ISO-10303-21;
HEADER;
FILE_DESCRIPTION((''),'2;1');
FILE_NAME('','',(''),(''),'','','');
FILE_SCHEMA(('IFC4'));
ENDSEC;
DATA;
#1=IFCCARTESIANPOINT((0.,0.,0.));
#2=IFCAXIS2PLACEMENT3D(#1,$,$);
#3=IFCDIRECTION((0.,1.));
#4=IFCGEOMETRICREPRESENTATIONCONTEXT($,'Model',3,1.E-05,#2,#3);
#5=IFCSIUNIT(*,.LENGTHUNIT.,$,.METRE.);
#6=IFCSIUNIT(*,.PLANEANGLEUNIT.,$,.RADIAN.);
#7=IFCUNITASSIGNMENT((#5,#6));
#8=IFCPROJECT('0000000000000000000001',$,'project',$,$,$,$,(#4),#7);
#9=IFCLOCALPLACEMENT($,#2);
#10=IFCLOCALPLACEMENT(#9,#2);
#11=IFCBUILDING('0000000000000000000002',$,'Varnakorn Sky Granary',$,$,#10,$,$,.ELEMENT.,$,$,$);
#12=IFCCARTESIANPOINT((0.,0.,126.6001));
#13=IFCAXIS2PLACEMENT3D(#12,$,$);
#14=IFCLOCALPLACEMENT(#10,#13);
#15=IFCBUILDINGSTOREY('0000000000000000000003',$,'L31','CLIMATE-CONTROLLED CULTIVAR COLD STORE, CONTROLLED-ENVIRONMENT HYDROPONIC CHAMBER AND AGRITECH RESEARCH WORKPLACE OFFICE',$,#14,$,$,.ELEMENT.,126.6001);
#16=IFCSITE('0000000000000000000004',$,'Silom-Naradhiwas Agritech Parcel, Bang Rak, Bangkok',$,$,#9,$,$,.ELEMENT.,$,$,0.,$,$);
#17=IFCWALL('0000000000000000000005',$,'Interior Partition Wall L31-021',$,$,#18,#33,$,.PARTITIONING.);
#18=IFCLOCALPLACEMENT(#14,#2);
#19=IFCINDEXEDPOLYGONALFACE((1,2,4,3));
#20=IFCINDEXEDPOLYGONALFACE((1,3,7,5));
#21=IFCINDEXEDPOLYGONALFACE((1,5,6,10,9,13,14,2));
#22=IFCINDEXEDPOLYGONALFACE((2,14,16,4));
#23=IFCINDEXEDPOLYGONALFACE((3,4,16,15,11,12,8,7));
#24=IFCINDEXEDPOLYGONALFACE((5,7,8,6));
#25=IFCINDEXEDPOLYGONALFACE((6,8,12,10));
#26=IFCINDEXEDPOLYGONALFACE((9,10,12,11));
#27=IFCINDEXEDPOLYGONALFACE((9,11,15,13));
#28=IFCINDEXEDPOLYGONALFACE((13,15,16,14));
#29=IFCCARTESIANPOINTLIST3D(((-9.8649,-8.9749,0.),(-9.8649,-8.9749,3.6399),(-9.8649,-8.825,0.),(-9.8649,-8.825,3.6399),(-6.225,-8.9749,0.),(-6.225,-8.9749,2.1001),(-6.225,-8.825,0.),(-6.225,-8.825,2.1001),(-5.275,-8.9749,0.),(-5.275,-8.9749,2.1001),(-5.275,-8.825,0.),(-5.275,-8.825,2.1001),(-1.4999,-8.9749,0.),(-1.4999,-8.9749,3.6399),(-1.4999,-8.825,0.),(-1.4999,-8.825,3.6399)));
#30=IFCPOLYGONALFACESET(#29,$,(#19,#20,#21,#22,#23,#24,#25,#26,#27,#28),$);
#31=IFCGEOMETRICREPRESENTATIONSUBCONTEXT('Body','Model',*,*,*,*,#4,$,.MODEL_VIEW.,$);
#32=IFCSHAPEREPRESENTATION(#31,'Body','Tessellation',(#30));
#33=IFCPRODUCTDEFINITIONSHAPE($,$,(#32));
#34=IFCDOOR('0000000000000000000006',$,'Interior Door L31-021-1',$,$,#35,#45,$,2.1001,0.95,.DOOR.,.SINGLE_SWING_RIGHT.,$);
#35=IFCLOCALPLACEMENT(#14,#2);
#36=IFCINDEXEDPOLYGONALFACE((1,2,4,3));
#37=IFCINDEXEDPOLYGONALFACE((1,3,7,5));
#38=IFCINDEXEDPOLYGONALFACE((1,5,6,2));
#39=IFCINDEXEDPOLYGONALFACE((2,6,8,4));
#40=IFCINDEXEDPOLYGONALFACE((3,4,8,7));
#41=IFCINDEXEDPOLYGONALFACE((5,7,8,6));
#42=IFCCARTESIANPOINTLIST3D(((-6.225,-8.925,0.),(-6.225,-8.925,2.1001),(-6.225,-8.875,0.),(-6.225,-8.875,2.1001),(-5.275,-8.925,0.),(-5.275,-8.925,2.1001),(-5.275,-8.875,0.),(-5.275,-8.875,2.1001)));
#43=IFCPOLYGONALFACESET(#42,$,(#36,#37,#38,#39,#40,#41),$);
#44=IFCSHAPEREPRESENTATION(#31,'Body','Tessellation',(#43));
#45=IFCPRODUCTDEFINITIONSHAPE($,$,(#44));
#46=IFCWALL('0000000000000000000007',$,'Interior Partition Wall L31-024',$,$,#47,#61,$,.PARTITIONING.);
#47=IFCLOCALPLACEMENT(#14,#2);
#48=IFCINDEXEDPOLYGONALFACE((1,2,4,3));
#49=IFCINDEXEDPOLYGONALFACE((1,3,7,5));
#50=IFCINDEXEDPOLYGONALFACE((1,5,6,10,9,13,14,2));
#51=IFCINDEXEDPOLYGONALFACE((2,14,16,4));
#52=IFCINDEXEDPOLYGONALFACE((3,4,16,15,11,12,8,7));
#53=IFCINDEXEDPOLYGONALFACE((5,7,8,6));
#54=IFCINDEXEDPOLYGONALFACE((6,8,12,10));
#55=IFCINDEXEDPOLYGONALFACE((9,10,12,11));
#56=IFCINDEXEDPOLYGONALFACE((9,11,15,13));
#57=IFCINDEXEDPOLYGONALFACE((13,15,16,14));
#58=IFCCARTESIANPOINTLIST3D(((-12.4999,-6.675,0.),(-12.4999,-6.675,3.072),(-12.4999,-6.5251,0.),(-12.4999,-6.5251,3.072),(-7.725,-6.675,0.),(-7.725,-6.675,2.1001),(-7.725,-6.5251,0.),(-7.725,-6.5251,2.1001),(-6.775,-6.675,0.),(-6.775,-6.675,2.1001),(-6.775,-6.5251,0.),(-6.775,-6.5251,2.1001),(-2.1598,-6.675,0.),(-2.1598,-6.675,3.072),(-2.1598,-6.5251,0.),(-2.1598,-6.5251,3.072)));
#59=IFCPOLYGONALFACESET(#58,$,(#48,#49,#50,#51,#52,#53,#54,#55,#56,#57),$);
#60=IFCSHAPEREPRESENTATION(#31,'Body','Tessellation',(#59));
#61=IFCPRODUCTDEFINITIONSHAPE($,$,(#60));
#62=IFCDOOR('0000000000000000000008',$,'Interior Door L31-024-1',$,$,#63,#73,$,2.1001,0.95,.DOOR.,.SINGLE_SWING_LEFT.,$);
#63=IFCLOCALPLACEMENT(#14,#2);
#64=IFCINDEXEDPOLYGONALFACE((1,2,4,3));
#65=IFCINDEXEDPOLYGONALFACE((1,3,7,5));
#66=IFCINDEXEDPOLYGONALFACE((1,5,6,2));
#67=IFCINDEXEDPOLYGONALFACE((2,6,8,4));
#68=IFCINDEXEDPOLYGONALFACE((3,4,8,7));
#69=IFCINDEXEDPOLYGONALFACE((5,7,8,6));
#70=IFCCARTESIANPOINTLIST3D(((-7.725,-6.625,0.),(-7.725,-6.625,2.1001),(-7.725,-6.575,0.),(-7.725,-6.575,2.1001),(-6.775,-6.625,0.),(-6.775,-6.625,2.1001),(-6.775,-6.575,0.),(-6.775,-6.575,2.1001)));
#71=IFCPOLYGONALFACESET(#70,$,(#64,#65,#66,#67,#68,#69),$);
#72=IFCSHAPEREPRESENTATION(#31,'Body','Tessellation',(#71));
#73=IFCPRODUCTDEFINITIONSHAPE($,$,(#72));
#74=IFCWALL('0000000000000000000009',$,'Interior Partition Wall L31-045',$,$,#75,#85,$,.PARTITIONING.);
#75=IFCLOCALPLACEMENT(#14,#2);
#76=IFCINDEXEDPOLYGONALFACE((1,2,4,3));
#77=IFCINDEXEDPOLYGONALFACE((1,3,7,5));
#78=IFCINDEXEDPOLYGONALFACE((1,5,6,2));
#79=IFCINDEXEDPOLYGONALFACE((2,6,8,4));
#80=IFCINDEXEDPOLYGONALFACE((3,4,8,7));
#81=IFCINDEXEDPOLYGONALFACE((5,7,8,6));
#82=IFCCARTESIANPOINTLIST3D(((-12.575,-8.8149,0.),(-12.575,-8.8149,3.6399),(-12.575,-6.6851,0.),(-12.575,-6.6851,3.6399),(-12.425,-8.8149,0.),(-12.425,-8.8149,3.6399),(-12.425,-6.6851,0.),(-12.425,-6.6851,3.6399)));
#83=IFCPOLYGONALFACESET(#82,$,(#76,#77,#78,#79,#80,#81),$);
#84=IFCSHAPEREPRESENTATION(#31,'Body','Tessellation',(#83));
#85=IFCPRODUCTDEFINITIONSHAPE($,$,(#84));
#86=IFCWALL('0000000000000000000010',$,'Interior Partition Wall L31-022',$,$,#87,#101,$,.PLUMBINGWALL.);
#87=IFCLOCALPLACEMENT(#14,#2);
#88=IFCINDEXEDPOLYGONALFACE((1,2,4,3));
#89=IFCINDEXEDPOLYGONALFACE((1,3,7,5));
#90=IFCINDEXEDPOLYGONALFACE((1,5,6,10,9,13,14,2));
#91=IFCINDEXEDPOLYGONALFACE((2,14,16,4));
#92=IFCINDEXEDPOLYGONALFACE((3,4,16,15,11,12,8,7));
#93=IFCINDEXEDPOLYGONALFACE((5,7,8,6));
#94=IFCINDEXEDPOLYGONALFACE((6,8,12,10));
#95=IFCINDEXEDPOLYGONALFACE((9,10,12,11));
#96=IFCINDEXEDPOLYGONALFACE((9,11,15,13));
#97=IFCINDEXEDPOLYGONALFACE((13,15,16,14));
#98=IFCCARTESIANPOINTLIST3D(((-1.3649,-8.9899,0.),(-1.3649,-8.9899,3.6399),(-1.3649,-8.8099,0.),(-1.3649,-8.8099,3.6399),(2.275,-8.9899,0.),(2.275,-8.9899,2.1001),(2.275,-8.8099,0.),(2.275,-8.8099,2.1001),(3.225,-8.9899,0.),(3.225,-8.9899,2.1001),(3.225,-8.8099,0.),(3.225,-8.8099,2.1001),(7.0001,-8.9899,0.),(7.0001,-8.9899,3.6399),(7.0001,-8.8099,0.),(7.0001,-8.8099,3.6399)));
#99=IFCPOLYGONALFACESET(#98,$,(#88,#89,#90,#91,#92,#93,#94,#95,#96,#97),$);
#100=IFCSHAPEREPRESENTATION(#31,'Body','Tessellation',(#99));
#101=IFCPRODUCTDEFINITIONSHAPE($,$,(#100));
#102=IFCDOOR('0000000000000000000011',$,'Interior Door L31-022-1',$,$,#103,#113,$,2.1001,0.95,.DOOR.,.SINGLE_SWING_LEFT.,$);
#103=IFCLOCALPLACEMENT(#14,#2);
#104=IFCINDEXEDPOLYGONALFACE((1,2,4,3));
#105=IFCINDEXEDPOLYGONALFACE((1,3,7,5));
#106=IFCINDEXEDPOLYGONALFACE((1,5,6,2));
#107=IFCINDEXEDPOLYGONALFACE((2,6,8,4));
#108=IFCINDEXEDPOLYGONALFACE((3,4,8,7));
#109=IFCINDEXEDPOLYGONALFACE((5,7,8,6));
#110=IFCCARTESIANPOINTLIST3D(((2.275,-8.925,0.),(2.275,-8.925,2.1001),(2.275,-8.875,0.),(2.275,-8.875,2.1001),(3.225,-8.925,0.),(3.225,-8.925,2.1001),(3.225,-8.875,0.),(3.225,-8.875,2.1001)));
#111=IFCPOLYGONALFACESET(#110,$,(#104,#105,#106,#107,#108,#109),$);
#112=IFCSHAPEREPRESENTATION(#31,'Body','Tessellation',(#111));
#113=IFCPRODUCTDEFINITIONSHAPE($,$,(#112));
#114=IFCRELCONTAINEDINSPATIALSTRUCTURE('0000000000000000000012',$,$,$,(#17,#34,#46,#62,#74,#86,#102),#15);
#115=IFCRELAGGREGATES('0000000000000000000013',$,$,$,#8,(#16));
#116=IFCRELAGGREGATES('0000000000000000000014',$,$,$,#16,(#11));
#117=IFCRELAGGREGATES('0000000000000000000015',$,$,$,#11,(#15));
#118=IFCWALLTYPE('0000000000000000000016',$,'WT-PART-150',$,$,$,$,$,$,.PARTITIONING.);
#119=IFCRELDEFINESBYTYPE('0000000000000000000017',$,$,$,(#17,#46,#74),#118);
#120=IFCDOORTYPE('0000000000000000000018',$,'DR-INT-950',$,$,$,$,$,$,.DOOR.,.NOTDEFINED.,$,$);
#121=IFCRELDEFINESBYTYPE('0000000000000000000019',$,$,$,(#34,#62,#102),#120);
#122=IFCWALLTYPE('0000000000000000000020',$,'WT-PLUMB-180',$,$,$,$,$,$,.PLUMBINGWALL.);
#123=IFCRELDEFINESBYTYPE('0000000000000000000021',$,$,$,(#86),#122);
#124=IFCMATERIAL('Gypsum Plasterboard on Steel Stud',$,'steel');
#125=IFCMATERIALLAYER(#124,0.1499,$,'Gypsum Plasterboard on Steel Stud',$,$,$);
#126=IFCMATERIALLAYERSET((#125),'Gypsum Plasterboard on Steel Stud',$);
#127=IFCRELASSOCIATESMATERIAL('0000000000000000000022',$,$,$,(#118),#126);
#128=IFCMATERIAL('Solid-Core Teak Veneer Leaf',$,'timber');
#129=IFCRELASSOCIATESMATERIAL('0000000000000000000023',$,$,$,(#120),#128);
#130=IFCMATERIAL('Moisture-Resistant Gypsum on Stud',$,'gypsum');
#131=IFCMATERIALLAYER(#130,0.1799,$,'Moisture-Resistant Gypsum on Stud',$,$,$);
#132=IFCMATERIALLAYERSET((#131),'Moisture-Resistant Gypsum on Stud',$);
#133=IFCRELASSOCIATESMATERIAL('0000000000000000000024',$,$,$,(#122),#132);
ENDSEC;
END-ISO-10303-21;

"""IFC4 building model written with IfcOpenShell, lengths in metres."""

from ifc_helpers import new_model, si_unit, direction, frame, frame_2d, origin, place, context, subcontext, project, spatial, rectangle, extrude, material, layer, layer_set, type_object, element, fill, save


model = new_model("IFC4")

# Units and contexts
model_context = context("Model", 3, precision=1e-05, world=origin(), true_north=direction((0.0, 1.0)))
body_context = subcontext(model_context, "Body", "Model", "MODEL_VIEW")
ifc_project = project(units=[si_unit("LENGTHUNIT", "METRE"), si_unit("PLANEANGLEUNIT", "RADIAN")], contexts=[model_context])

# Site, building, storey
site_placement = place(None, origin())
site = spatial("IfcSite", under=ifc_project, at=site_placement, Name="Silom-Naradhiwas Agritech Parcel, Bang Rak, Bangkok", CompositionType="ELEMENT", RefElevation=0.0)
building_placement = place(site_placement, origin())
building = spatial("IfcBuilding", under=site, at=building_placement, Name="Varnakorn Sky Granary", CompositionType="ELEMENT")
storey_placement = place(building_placement, frame((0.0, 0.0, 126.6001)))
storey = spatial("IfcBuildingStorey", under=building, at=storey_placement, Name="L31", Description="CLIMATE-CONTROLLED CULTIVAR COLD STORE, CONTROLLED-ENVIRONMENT HYDROPONIC CHAMBER AND AGRITECH RESEARCH WORKPLACE OFFICE", CompositionType="ELEMENT", Elevation=126.6001)

# Walls, openings, doors
ifc_material_1 = material(Name="Gypsum Plasterboard on Steel Stud", Category="steel")
ifc_layer_1 = layer(ifc_material_1, 0.1499, Name="Gypsum Plasterboard on Steel Stud")
ifc_layer_set_1 = layer_set([ifc_layer_1], Name="Gypsum Plasterboard on Steel Stud")
wall_type_1 = type_object("IfcWallType", Name="WT-PART-150", PredefinedType="PARTITIONING", material=ifc_layer_set_1)
wall_1_placement = place(storey_placement, frame((-9.865, -8.8999, 0.0), z_axis=(0.0, 0.0, 1.0), x_axis=(1.0, 0.0, 0.0)))
wall_1 = element("IfcWall", 1, at=wall_1_placement, inside=storey, type_object=wall_type_1, Name="Interior Partition Wall L31-021", PredefinedType="PARTITIONING", context=body_context, shape_type="SweptSolid", body=[
    extrude(rectangle(XDim=8.365, YDim=0.1499, at=frame_2d((4.1826, 0.0))), origin(), (0.0, 0.0, 1.0), 3.6399),
])
opening_1_placement = place(wall_1_placement, frame((3.6399, 0.0, 0.0)))
opening_1 = element("IfcOpeningElement", 2, at=opening_1_placement, cuts=wall_1, PredefinedType="OPENING", context=body_context, shape_type="SweptSolid", body=[
    extrude(rectangle(XDim=0.95, YDim=2.1001, at=frame_2d((0.4751, 1.05))), frame((0.0, 0.085, 0.0), z_axis=(0.0, -1.0, 0.0), x_axis=(1.0, 0.0, 0.0)), (0.0, 0.0, 1.0), 0.1699),
])
ifc_material_2 = material(Name="Solid-Core Teak Veneer Leaf", Category="timber")
door_type_1 = type_object("IfcDoorType", Name="DR-INT-950", OperationType="NOTDEFINED", PredefinedType="DOOR", material=ifc_material_2)
door_1_placement = place(opening_1_placement, origin())
door_1 = element("IfcDoor", 3, at=door_1_placement, inside=storey, type_object=door_type_1, Name="Interior Door L31-021-1", OperationType="SINGLE_SWING_RIGHT", OverallHeight=2.1001, OverallWidth=0.95, PredefinedType="DOOR", context=body_context, shape_type="SweptSolid", body=[
    extrude(rectangle(XDim=0.95, YDim=2.1001, at=frame_2d((0.4751, 1.05))), frame((0.0, 0.0249, 0.0), z_axis=(0.0, -1.0, 0.0), x_axis=(1.0, 0.0, 0.0)), (0.0, 0.0, 1.0), 0.05),
])
fill(opening_1, door_1)
wall_2_placement = place(storey_placement, frame((-2.1599, -6.6001, 0.0), z_axis=(0.0, 0.0, 1.0), x_axis=(-1.0, 0.0, 0.0)))
wall_2 = element("IfcWall", 4, at=wall_2_placement, inside=storey, type_object=wall_type_1, Name="Interior Partition Wall L31-024", PredefinedType="PARTITIONING", context=body_context, shape_type="SweptSolid", body=[
    extrude(rectangle(XDim=10.3401, YDim=0.1499, at=frame_2d((5.1699, 0.0))), origin(), (0.0, 0.0, 1.0), 3.072),
])
opening_2_placement = place(wall_2_placement, frame((4.615, 0.0, 0.0)))
opening_2 = element("IfcOpeningElement", 5, at=opening_2_placement, cuts=wall_2, PredefinedType="OPENING", context=body_context, shape_type="SweptSolid", body=[
    extrude(rectangle(XDim=0.95, YDim=2.1001, at=frame_2d((0.4751, 1.05))), frame((0.0, 0.085, 0.0), z_axis=(0.0, -1.0, 0.0), x_axis=(1.0, 0.0, 0.0)), (0.0, 0.0, 1.0), 0.1699),
])
door_2_placement = place(opening_2_placement, origin())
door_2 = element("IfcDoor", 6, at=door_2_placement, inside=storey, type_object=door_type_1, Name="Interior Door L31-024-1", OperationType="SINGLE_SWING_LEFT", OverallHeight=2.1001, OverallWidth=0.95, PredefinedType="DOOR", context=body_context, shape_type="SweptSolid", body=[
    extrude(rectangle(XDim=0.95, YDim=2.1001, at=frame_2d((0.4751, 1.05))), frame((0.0, 0.0249, 0.0), z_axis=(0.0, -1.0, 0.0), x_axis=(1.0, 0.0, 0.0)), (0.0, 0.0, 1.0), 0.05),
])
fill(opening_2, door_2)

# Wall
wall_3_placement = place(storey_placement, frame((-12.5, -6.6851, 0.0), z_axis=(0.0, 0.0, 1.0), x_axis=(0.0, -1.0, 0.0)))
element("IfcWall", 7, at=wall_3_placement, inside=storey, type_object=wall_type_1, Name="Interior Partition Wall L31-045", PredefinedType="PARTITIONING", context=body_context, shape_type="SweptSolid", body=[
    extrude(rectangle(XDim=2.1299, YDim=0.1499, at=frame_2d((1.0649, 0.0))), origin(), (0.0, 0.0, 1.0), 3.6399),
])

# Wall, opening, door
ifc_material_3 = material(Name="Moisture-Resistant Gypsum on Stud", Category="gypsum")
ifc_layer_2 = layer(ifc_material_3, 0.1799, Name="Moisture-Resistant Gypsum on Stud")
ifc_layer_set_2 = layer_set([ifc_layer_2], Name="Moisture-Resistant Gypsum on Stud")
wall_type_2 = type_object("IfcWallType", Name="WT-PLUMB-180", PredefinedType="PLUMBINGWALL", material=ifc_layer_set_2)
wall_4_placement = place(storey_placement, frame((-1.365, -8.8999, 0.0), z_axis=(0.0, 0.0, 1.0), x_axis=(1.0, 0.0, 0.0)))
wall_4 = element("IfcWall", 8, at=wall_4_placement, inside=storey, type_object=wall_type_2, Name="Interior Partition Wall L31-022", PredefinedType="PLUMBINGWALL", context=body_context, shape_type="SweptSolid", body=[
    extrude(rectangle(XDim=8.365, YDim=0.1799, at=frame_2d((4.1826, 0.0))), origin(), (0.0, 0.0, 1.0), 3.6399),
])
opening_3_placement = place(wall_4_placement, frame((3.6399, 0.0, 0.0)))
opening_3 = element("IfcOpeningElement", 9, at=opening_3_placement, cuts=wall_4, PredefinedType="OPENING", context=body_context, shape_type="SweptSolid", body=[
    extrude(rectangle(XDim=0.95, YDim=2.1001, at=frame_2d((0.4751, 1.05))), frame((0.0, 0.1001, 0.0), z_axis=(0.0, -1.0, 0.0), x_axis=(1.0, 0.0, 0.0)), (0.0, 0.0, 1.0), 0.2),
])
door_3_placement = place(opening_3_placement, origin())
door_3 = element("IfcDoor", 10, at=door_3_placement, inside=storey, type_object=door_type_1, Name="Interior Door L31-022-1", OperationType="SINGLE_SWING_LEFT", OverallHeight=2.1001, OverallWidth=0.95, PredefinedType="DOOR", context=body_context, shape_type="SweptSolid", body=[
    extrude(rectangle(XDim=0.95, YDim=2.1001, at=frame_2d((0.4751, 1.05))), frame((0.0, 0.0249, 0.0), z_axis=(0.0, -1.0, 0.0), x_axis=(1.0, 0.0, 0.0)), (0.0, 0.0, 1.0), 0.05),
])
fill(opening_3, door_3)

save(model, "model.ifc")
